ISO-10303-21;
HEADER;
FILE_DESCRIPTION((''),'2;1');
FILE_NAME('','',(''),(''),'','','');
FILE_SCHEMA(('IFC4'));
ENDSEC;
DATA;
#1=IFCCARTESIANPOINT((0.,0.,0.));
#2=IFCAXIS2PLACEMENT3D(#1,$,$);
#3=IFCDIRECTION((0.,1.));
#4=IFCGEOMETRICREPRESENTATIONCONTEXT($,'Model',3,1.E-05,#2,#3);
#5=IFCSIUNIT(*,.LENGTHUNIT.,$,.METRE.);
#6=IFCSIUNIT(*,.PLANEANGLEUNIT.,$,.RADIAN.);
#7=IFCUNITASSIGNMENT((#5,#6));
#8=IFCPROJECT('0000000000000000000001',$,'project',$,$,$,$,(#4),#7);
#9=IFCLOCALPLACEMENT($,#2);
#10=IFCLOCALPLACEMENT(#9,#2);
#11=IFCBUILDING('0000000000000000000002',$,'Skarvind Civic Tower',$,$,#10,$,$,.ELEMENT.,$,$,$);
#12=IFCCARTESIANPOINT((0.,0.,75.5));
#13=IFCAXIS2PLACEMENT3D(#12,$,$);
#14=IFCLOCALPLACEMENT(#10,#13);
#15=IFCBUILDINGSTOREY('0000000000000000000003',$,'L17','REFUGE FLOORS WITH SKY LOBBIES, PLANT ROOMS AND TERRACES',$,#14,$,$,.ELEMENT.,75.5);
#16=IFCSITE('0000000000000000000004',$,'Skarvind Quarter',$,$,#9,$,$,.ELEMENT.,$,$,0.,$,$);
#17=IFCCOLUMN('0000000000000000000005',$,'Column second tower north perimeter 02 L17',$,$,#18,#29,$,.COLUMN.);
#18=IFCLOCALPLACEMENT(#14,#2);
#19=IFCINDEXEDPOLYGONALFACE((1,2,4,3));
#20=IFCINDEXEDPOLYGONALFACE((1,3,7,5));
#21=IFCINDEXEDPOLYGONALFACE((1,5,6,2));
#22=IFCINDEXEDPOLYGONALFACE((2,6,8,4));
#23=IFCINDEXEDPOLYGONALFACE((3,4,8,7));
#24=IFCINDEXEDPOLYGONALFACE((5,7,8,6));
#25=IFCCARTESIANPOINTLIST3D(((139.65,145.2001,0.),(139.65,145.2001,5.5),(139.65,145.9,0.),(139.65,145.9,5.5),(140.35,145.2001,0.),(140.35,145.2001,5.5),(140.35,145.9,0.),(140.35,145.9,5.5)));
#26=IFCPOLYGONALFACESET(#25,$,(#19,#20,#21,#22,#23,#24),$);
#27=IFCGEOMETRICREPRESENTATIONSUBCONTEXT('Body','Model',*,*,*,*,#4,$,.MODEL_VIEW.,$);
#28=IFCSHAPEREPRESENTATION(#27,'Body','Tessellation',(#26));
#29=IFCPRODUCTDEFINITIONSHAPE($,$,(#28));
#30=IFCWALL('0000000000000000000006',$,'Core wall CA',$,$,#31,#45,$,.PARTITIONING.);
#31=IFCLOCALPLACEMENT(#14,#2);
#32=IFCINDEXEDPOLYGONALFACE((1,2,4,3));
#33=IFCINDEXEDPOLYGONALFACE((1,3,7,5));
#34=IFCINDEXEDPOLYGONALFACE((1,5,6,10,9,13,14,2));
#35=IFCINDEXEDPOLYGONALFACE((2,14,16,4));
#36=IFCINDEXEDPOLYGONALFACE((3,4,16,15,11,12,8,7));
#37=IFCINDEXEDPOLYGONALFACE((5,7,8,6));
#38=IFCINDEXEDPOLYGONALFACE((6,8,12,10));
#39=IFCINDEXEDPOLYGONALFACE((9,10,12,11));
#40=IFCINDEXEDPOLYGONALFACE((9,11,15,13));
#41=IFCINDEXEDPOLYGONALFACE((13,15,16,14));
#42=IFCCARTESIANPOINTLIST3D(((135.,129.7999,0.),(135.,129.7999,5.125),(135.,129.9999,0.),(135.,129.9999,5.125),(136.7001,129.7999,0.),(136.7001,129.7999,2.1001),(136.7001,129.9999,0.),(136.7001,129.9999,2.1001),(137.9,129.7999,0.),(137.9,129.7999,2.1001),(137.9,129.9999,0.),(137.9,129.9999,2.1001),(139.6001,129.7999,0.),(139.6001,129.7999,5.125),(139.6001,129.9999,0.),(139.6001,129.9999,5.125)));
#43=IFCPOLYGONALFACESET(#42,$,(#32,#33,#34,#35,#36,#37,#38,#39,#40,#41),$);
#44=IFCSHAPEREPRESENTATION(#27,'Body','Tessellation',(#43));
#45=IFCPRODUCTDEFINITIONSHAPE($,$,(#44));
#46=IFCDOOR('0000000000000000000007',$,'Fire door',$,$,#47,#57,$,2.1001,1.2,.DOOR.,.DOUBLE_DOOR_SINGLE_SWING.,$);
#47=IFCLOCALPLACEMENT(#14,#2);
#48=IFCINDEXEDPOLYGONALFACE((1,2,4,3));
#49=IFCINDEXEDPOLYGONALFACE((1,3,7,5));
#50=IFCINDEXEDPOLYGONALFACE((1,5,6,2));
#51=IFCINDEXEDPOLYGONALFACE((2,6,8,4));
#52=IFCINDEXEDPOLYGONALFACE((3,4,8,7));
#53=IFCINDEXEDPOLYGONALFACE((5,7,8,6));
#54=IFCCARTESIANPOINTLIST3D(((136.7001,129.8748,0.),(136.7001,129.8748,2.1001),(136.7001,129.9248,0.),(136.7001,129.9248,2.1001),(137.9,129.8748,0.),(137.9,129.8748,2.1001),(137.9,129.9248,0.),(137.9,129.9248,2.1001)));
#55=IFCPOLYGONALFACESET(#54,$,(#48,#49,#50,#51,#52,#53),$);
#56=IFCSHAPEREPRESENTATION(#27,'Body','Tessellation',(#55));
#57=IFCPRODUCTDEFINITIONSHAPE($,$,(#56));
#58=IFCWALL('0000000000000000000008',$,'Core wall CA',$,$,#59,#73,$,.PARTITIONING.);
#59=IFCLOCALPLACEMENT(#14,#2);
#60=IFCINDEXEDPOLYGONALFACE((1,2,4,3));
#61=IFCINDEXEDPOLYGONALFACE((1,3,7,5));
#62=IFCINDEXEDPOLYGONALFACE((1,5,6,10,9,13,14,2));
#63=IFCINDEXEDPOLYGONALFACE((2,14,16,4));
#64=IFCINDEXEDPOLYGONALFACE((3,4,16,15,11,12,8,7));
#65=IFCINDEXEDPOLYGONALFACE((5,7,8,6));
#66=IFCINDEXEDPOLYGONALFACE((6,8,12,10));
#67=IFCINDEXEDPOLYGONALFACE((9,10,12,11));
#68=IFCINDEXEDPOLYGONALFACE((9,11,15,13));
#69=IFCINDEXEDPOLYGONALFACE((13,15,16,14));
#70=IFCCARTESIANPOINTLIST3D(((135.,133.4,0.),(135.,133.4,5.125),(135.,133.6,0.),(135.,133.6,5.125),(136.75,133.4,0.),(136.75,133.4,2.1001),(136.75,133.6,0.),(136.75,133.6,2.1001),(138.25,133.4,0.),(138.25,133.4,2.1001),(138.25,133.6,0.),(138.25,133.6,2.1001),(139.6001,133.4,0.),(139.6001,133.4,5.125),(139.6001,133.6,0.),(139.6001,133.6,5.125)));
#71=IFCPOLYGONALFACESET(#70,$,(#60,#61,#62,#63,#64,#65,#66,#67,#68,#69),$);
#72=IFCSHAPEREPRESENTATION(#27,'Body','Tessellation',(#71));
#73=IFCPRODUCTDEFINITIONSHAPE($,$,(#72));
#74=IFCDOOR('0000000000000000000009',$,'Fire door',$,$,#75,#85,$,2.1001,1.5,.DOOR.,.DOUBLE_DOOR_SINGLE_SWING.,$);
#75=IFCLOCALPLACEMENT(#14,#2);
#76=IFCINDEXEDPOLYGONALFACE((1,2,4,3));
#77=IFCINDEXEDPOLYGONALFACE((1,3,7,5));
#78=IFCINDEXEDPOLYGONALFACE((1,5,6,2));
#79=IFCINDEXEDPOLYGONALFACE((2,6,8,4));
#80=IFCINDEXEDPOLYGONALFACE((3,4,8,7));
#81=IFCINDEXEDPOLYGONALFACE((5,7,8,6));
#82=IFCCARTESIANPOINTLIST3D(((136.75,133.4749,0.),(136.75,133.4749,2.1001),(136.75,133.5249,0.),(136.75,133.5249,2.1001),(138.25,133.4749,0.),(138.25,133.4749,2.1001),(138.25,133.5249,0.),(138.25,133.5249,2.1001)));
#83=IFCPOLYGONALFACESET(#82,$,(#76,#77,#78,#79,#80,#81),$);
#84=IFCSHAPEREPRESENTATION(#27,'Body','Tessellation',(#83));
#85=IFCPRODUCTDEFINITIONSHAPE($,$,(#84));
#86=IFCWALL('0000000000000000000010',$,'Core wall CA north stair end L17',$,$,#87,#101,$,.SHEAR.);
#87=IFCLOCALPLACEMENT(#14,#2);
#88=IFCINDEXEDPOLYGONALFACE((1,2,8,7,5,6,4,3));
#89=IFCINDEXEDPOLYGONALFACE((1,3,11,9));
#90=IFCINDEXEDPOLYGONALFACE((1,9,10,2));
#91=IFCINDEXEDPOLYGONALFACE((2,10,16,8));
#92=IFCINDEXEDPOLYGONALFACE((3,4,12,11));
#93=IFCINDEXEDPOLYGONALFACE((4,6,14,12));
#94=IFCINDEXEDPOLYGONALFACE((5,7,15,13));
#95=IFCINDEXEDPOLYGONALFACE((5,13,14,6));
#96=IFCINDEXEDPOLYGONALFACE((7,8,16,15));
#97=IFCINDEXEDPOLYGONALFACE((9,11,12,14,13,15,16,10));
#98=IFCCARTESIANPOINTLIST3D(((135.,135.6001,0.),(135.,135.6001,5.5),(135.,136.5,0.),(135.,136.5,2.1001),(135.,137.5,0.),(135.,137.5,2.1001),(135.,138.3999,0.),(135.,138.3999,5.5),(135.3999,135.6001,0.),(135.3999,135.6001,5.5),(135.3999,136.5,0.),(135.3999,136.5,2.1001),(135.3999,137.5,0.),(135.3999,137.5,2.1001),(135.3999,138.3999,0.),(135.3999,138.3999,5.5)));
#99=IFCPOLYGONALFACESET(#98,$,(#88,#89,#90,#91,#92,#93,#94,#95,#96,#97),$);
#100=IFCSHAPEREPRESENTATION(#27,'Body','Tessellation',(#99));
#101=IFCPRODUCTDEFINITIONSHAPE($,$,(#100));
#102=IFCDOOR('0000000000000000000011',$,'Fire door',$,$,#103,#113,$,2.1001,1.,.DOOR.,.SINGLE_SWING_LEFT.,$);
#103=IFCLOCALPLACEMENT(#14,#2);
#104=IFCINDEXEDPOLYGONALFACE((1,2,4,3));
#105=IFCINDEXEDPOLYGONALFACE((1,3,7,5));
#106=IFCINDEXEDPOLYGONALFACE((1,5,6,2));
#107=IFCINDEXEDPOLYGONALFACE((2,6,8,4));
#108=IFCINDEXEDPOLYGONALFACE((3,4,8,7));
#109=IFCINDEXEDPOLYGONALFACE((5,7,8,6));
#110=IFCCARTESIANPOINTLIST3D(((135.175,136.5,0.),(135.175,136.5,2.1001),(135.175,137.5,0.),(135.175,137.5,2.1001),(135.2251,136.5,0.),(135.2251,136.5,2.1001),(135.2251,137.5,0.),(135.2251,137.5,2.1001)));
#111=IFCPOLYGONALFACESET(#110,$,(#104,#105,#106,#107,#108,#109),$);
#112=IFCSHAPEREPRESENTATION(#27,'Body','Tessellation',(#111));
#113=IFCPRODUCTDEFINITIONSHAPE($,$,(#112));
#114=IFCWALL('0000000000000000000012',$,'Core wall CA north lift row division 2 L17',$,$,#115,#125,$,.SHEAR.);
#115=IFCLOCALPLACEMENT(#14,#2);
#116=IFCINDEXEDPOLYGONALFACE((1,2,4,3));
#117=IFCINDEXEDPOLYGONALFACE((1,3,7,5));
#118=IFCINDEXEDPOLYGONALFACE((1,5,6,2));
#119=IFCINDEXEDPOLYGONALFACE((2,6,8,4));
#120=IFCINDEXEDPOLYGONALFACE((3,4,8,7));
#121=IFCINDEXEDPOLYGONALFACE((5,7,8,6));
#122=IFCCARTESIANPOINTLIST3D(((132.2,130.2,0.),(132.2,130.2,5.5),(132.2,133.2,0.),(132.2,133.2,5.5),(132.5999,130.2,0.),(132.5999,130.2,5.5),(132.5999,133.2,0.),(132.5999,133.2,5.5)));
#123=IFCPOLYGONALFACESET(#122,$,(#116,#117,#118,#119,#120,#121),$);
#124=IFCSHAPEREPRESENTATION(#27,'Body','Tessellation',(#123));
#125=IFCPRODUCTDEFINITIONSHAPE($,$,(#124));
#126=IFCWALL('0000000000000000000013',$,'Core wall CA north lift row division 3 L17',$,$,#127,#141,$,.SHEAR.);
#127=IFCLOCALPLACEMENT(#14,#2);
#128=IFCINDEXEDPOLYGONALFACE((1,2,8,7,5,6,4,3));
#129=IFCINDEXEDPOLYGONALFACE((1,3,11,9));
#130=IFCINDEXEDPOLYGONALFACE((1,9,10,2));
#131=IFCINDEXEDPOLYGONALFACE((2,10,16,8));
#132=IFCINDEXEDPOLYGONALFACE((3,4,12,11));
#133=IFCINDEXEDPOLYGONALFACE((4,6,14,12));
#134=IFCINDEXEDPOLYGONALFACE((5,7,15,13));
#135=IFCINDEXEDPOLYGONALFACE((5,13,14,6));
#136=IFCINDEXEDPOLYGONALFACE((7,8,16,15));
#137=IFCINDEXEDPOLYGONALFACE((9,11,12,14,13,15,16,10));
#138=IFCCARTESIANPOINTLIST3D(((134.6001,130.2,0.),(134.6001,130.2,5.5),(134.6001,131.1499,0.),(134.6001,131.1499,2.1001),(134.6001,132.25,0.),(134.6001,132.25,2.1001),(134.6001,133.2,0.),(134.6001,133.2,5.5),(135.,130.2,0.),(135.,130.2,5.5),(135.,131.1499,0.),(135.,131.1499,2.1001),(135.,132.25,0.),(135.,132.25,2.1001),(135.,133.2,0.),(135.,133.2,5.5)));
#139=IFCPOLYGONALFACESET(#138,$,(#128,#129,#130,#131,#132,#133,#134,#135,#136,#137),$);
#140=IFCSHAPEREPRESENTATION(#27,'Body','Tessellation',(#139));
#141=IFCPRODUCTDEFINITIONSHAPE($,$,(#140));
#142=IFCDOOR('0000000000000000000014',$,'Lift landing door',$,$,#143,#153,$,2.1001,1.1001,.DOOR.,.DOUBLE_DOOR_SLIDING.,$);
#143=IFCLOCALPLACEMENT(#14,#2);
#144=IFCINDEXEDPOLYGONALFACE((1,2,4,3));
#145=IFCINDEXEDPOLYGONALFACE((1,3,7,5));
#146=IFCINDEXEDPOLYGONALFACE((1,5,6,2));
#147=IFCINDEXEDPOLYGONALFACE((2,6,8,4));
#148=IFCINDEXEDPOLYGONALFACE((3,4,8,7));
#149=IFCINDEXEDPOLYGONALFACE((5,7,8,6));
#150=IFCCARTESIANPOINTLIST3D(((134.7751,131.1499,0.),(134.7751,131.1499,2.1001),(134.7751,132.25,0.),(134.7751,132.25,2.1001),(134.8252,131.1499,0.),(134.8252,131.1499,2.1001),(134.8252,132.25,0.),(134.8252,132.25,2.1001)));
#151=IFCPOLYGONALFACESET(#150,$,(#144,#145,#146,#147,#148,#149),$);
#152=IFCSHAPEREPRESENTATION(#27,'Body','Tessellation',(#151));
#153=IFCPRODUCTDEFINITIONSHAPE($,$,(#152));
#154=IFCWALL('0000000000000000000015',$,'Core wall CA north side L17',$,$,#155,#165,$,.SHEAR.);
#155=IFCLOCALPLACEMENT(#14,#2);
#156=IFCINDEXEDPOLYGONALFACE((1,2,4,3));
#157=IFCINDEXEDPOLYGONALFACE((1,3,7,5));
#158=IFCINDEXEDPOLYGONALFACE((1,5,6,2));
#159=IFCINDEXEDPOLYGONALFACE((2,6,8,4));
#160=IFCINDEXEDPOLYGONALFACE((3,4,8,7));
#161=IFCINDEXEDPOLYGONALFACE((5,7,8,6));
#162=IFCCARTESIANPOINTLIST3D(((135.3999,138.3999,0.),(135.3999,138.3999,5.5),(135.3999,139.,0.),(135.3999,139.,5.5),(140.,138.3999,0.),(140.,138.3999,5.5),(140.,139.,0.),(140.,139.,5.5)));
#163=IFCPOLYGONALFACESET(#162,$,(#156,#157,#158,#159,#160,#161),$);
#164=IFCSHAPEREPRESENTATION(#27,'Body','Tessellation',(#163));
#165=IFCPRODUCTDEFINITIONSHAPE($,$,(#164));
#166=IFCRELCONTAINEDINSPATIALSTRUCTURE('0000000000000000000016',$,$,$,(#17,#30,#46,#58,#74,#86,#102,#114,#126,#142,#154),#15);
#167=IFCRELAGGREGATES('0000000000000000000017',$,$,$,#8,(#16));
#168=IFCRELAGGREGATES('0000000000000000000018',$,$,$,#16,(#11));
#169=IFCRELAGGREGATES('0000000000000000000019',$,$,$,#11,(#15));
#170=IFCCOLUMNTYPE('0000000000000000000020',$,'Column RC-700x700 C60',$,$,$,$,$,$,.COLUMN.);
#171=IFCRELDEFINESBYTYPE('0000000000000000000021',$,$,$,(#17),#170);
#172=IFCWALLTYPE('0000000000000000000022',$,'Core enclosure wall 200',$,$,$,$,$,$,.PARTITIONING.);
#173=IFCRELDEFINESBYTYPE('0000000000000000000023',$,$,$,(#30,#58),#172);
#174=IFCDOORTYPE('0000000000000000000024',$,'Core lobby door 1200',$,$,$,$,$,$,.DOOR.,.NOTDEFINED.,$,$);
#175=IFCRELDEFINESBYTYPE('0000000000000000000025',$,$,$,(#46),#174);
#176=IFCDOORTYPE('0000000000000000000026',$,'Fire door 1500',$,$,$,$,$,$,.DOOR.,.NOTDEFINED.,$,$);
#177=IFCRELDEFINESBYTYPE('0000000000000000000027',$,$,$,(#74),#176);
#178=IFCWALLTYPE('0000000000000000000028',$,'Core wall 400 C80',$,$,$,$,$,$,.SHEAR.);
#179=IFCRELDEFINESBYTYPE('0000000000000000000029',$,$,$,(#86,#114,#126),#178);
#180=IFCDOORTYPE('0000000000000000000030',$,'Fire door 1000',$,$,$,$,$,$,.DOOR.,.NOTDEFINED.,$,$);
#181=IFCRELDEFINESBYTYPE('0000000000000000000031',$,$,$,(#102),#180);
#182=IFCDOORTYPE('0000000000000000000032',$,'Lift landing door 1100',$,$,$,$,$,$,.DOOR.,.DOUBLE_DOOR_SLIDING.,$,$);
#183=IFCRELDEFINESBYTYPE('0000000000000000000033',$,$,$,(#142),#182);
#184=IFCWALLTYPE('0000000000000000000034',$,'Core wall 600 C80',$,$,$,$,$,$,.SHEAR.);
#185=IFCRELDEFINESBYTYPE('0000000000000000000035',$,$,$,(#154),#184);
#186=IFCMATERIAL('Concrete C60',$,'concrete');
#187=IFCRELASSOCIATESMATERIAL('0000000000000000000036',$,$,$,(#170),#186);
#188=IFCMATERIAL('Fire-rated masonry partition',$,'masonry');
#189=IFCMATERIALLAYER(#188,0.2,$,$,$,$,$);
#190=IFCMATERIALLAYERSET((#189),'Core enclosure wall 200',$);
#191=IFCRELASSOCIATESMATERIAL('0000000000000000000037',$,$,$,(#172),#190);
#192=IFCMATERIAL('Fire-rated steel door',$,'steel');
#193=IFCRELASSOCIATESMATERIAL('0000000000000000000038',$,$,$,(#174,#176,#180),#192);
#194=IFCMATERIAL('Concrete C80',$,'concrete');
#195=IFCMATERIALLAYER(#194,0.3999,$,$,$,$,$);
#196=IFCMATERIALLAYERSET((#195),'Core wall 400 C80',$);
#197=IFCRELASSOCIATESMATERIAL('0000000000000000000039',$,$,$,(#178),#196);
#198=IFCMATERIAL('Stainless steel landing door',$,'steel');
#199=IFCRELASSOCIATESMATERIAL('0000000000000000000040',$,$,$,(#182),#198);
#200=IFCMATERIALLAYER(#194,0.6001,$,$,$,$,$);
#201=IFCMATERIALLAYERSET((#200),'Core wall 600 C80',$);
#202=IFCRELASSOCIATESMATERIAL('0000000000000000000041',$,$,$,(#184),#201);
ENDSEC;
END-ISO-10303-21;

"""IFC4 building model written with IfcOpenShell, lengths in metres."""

from ifc_helpers import new_model, si_unit, direction, frame, frame_2d, origin, origin_2d, place, context, subcontext, project, spatial, rectangle, extrude, material, layer, layer_set, material_profile, profile_set, type_object, element, fill, save


model = new_model("IFC4")

# Units and contexts
model_context = context("Model", 3, precision=1e-05, world=origin(), true_north=direction((0.0, 1.0)))
body_context = subcontext(model_context, "Body", "Model", "MODEL_VIEW")
ifc_project = project(units=[si_unit("LENGTHUNIT", "METRE"), si_unit("PLANEANGLEUNIT", "RADIAN")], contexts=[model_context])

# Site, building, storey
site_placement = place(None, origin())
site = spatial("IfcSite", under=ifc_project, at=site_placement, Name="Skarvind Quarter", CompositionType="ELEMENT", RefElevation=0.0)
building_placement = place(site_placement, origin())
building = spatial("IfcBuilding", under=site, at=building_placement, Name="Skarvind Civic Tower", CompositionType="ELEMENT")
storey_placement = place(building_placement, frame((0.0, 0.0, 75.5)))
storey = spatial("IfcBuildingStorey", under=building, at=storey_placement, Name="L17", Description="REFUGE FLOORS WITH SKY LOBBIES, PLANT ROOMS AND TERRACES", CompositionType="ELEMENT", Elevation=75.5)

# Column
ifc_material_1 = material(Name="Concrete C60", Category="concrete")
ifc_material_profile = material_profile(ifc_material_1, rectangle(XDim=0.7, YDim=0.7, at=origin_2d()), Name="RC-700x700")
ifc_profile_set = profile_set([ifc_material_profile], Name="Concrete C60")
column_type = type_object("IfcColumnType", Name="Column RC-700x700 C60", PredefinedType="COLUMN", material=ifc_profile_set)
column_placement = place(storey_placement, frame((140.0, 145.55, 0.0), z_axis=(0.0, 0.0, 1.0), x_axis=(1.0, 0.0, 0.0)))
element("IfcColumn", 1, at=column_placement, inside=storey, type_object=column_type, Name="Column second tower north perimeter 02 L17", PredefinedType="COLUMN", context=body_context, shape_type="SweptSolid", body=[
    extrude(rectangle(XDim=0.7, YDim=0.7, at=origin_2d()), origin(), (0.0, 0.0, 1.0), 5.5),
])

# Walls, openings, doors
ifc_material_2 = material(Name="Fire-rated masonry partition", Category="masonry")
ifc_layer_1 = layer(ifc_material_2, 0.2)
ifc_layer_set_1 = layer_set([ifc_layer_1], Name="Core enclosure wall 200")
wall_type_1 = type_object("IfcWallType", Name="Core enclosure wall 200", PredefinedType="PARTITIONING", material=ifc_layer_set_1)
wall_1_placement = place(storey_placement, frame((135.0, 129.8999, 0.0), z_axis=(0.0, 0.0, 1.0), x_axis=(1.0, 0.0, 0.0)))
wall_1 = element("IfcWall", 2, at=wall_1_placement, inside=storey, type_object=wall_type_1, Name="Core wall CA", PredefinedType="PARTITIONING", context=body_context, shape_type="SweptSolid", body=[
    extrude(rectangle(XDim=4.6001, YDim=0.2, at=frame_2d((2.3, 0.0))), origin(), (0.0, 0.0, 1.0), 5.125),
])
opening_1_placement = place(wall_1_placement, frame((1.7, 0.0, 0.0)))
opening_1 = element("IfcOpeningElement", 3, at=opening_1_placement, cuts=wall_1, PredefinedType="OPENING", context=body_context, shape_type="SweptSolid", body=[
    extrude(rectangle(XDim=1.2, YDim=2.1001, at=frame_2d((0.6001, 1.05))), frame((0.0, 0.1099, 0.0), z_axis=(0.0, -1.0, 0.0), x_axis=(1.0, 0.0, 0.0)), (0.0, 0.0, 1.0), 0.22),
])
ifc_material_3 = material(Name="Fire-rated steel door", Category="steel")
door_type_1 = type_object("IfcDoorType", Name="Core lobby door 1200", OperationType="NOTDEFINED", PredefinedType="DOOR", material=ifc_material_3)
door_1_placement = place(opening_1_placement, origin())
door_1 = element("IfcDoor", 4, at=door_1_placement, inside=storey, type_object=door_type_1, Name="Fire door", OperationType="DOUBLE_DOOR_SINGLE_SWING", OverallHeight=2.1001, OverallWidth=1.2, PredefinedType="DOOR", context=body_context, shape_type="SweptSolid", body=[
    extrude(rectangle(XDim=1.2, YDim=2.1001, at=frame_2d((0.6001, 1.05))), frame((0.0, 0.0249, 0.0), z_axis=(0.0, -1.0, 0.0), x_axis=(1.0, 0.0, 0.0)), (0.0, 0.0, 1.0), 0.05),
])
fill(opening_1, door_1)
wall_2_placement = place(storey_placement, frame((135.0, 133.5, 0.0), z_axis=(0.0, 0.0, 1.0), x_axis=(1.0, 0.0, 0.0)))
wall_2 = element("IfcWall", 5, at=wall_2_placement, inside=storey, type_object=wall_type_1, Name="Core wall CA", PredefinedType="PARTITIONING", context=body_context, shape_type="SweptSolid", body=[
    extrude(rectangle(XDim=4.6001, YDim=0.2, at=frame_2d((2.3, 0.0))), origin(), (0.0, 0.0, 1.0), 5.125),
])
opening_2_placement = place(wall_2_placement, frame((1.75, 0.0, 0.0)))
opening_2 = element("IfcOpeningElement", 6, at=opening_2_placement, cuts=wall_2, PredefinedType="OPENING", context=body_context, shape_type="SweptSolid", body=[
    extrude(rectangle(XDim=1.5, YDim=2.1001, at=frame_2d((0.75, 1.05))), frame((0.0, 0.1099, 0.0), z_axis=(0.0, -1.0, 0.0), x_axis=(1.0, 0.0, 0.0)), (0.0, 0.0, 1.0), 0.22),
])
door_type_2 = type_object("IfcDoorType", Name="Fire door 1500", OperationType="NOTDEFINED", PredefinedType="DOOR", material=ifc_material_3)
door_2_placement = place(opening_2_placement, origin())
door_2 = element("IfcDoor", 7, at=door_2_placement, inside=storey, type_object=door_type_2, Name="Fire door", OperationType="DOUBLE_DOOR_SINGLE_SWING", OverallHeight=2.1001, OverallWidth=1.5, PredefinedType="DOOR", context=body_context, shape_type="SweptSolid", body=[
    extrude(rectangle(XDim=1.5, YDim=2.1001, at=frame_2d((0.75, 1.05))), frame((0.0, 0.0249, 0.0), z_axis=(0.0, -1.0, 0.0), x_axis=(1.0, 0.0, 0.0)), (0.0, 0.0, 1.0), 0.05),
])
fill(opening_2, door_2)
ifc_material_4 = material(Name="Concrete C80", Category="concrete")
ifc_layer_2 = layer(ifc_material_4, 0.3999)
ifc_layer_set_2 = layer_set([ifc_layer_2], Name="Core wall 400 C80")
wall_type_2 = type_object("IfcWallType", Name="Core wall 400 C80", PredefinedType="SHEAR", material=ifc_layer_set_2)
wall_3_placement = place(storey_placement, frame((135.2, 135.6001, 0.0), z_axis=(0.0, 0.0, 1.0), x_axis=(0.0, 1.0, 0.0)))
wall_3 = element("IfcWall", 8, at=wall_3_placement, inside=storey, type_object=wall_type_2, Name="Core wall CA north stair end L17", PredefinedType="SHEAR", context=body_context, shape_type="SweptSolid", body=[
    extrude(rectangle(XDim=2.7998, YDim=0.3999, at=frame_2d((1.3999, 0.0))), origin(), (0.0, 0.0, 1.0), 5.5),
])
opening_3_placement = place(wall_3_placement, frame((0.8999, 0.0, 0.0)))
opening_3 = element("IfcOpeningElement", 9, at=opening_3_placement, cuts=wall_3, PredefinedType="OPENING", context=body_context, shape_type="SweptSolid", body=[
    extrude(rectangle(XDim=1.0, YDim=2.1001, at=frame_2d((0.5, 1.05))), frame((0.0, 0.21, 0.0), z_axis=(0.0, -1.0, 0.0), x_axis=(1.0, 0.0, 0.0)), (0.0, 0.0, 1.0), 0.4199),
])
door_type_3 = type_object("IfcDoorType", Name="Fire door 1000", OperationType="NOTDEFINED", PredefinedType="DOOR", material=ifc_material_3)
door_3_placement = place(opening_3_placement, origin())
door_3 = element("IfcDoor", 10, at=door_3_placement, inside=storey, type_object=door_type_3, Name="Fire door", OperationType="SINGLE_SWING_LEFT", OverallHeight=2.1001, OverallWidth=1.0, PredefinedType="DOOR", context=body_context, shape_type="SweptSolid", body=[
    extrude(rectangle(XDim=1.0, YDim=2.1001, at=frame_2d((0.5, 1.05))), frame((0.0, 0.0249, 0.0), z_axis=(0.0, -1.0, 0.0), x_axis=(1.0, 0.0, 0.0)), (0.0, 0.0, 1.0), 0.05),
])
fill(opening_3, door_3)

# Wall
wall_4_placement = place(storey_placement, frame((132.3999, 130.2, 0.0), z_axis=(0.0, 0.0, 1.0), x_axis=(0.0, 1.0, 0.0)))
element("IfcWall", 11, at=wall_4_placement, inside=storey, type_object=wall_type_2, Name="Core wall CA north lift row division 2 L17", PredefinedType="SHEAR", context=body_context, shape_type="SweptSolid", body=[
    extrude(rectangle(XDim=3.0, YDim=0.3999, at=frame_2d((1.5, 0.0))), origin(), (0.0, 0.0, 1.0), 5.5),
])

# Wall, opening, door
wall_5_placement = place(storey_placement, frame((134.8, 130.2, 0.0), z_axis=(0.0, 0.0, 1.0), x_axis=(0.0, 1.0, 0.0)))
wall_5 = element("IfcWall", 12, at=wall_5_placement, inside=storey, type_object=wall_type_2, Name="Core wall CA north lift row division 3 L17", PredefinedType="SHEAR", context=body_context, shape_type="SweptSolid", body=[
    extrude(rectangle(XDim=3.0, YDim=0.3999, at=frame_2d((1.5, 0.0))), origin(), (0.0, 0.0, 1.0), 5.5),
])
opening_4_placement = place(wall_5_placement, frame((0.95, 0.0, 0.0)))
opening_4 = element("IfcOpeningElement", 13, at=opening_4_placement, cuts=wall_5, PredefinedType="OPENING", context=body_context, shape_type="SweptSolid", body=[
    extrude(rectangle(XDim=1.1001, YDim=2.1001, at=frame_2d((0.55, 1.05))), frame((0.0, 0.21, 0.0), z_axis=(0.0, -1.0, 0.0), x_axis=(1.0, 0.0, 0.0)), (0.0, 0.0, 1.0), 0.4199),
])
ifc_material_5 = material(Name="Stainless steel landing door", Category="steel")
door_type_4 = type_object("IfcDoorType", Name="Lift landing door 1100", OperationType="DOUBLE_DOOR_SLIDING", PredefinedType="DOOR", material=ifc_material_5)
door_4_placement = place(opening_4_placement, origin())
door_4 = element("IfcDoor", 14, at=door_4_placement, inside=storey, type_object=door_type_4, Name="Lift landing door", OperationType="DOUBLE_DOOR_SLIDING", OverallHeight=2.1001, OverallWidth=1.1001, PredefinedType="DOOR", context=body_context, shape_type="SweptSolid", body=[
    extrude(rectangle(XDim=1.1001, YDim=2.1001, at=frame_2d((0.55, 1.05))), frame((0.0, 0.0249, 0.0), z_axis=(0.0, -1.0, 0.0), x_axis=(1.0, 0.0, 0.0)), (0.0, 0.0, 1.0), 0.05),
])
fill(opening_4, door_4)

# Wall
ifc_layer_3 = layer(ifc_material_4, 0.6001)
ifc_layer_set_3 = layer_set([ifc_layer_3], Name="Core wall 600 C80")
wall_type_3 = type_object("IfcWallType", Name="Core wall 600 C80", PredefinedType="SHEAR", material=ifc_layer_set_3)
wall_6_placement = place(storey_placement, frame((135.3999, 138.7, 0.0), z_axis=(0.0, 0.0, 1.0), x_axis=(1.0, 0.0, 0.0)))
element("IfcWall", 15, at=wall_6_placement, inside=storey, type_object=wall_type_3, Name="Core wall CA north side L17", PredefinedType="SHEAR", context=body_context, shape_type="SweptSolid", body=[
    extrude(rectangle(XDim=4.6001, YDim=0.6001, at=frame_2d((2.3, 0.0))), origin(), (0.0, 0.0, 1.0), 5.5),
])

save(model, "model.ifc")
